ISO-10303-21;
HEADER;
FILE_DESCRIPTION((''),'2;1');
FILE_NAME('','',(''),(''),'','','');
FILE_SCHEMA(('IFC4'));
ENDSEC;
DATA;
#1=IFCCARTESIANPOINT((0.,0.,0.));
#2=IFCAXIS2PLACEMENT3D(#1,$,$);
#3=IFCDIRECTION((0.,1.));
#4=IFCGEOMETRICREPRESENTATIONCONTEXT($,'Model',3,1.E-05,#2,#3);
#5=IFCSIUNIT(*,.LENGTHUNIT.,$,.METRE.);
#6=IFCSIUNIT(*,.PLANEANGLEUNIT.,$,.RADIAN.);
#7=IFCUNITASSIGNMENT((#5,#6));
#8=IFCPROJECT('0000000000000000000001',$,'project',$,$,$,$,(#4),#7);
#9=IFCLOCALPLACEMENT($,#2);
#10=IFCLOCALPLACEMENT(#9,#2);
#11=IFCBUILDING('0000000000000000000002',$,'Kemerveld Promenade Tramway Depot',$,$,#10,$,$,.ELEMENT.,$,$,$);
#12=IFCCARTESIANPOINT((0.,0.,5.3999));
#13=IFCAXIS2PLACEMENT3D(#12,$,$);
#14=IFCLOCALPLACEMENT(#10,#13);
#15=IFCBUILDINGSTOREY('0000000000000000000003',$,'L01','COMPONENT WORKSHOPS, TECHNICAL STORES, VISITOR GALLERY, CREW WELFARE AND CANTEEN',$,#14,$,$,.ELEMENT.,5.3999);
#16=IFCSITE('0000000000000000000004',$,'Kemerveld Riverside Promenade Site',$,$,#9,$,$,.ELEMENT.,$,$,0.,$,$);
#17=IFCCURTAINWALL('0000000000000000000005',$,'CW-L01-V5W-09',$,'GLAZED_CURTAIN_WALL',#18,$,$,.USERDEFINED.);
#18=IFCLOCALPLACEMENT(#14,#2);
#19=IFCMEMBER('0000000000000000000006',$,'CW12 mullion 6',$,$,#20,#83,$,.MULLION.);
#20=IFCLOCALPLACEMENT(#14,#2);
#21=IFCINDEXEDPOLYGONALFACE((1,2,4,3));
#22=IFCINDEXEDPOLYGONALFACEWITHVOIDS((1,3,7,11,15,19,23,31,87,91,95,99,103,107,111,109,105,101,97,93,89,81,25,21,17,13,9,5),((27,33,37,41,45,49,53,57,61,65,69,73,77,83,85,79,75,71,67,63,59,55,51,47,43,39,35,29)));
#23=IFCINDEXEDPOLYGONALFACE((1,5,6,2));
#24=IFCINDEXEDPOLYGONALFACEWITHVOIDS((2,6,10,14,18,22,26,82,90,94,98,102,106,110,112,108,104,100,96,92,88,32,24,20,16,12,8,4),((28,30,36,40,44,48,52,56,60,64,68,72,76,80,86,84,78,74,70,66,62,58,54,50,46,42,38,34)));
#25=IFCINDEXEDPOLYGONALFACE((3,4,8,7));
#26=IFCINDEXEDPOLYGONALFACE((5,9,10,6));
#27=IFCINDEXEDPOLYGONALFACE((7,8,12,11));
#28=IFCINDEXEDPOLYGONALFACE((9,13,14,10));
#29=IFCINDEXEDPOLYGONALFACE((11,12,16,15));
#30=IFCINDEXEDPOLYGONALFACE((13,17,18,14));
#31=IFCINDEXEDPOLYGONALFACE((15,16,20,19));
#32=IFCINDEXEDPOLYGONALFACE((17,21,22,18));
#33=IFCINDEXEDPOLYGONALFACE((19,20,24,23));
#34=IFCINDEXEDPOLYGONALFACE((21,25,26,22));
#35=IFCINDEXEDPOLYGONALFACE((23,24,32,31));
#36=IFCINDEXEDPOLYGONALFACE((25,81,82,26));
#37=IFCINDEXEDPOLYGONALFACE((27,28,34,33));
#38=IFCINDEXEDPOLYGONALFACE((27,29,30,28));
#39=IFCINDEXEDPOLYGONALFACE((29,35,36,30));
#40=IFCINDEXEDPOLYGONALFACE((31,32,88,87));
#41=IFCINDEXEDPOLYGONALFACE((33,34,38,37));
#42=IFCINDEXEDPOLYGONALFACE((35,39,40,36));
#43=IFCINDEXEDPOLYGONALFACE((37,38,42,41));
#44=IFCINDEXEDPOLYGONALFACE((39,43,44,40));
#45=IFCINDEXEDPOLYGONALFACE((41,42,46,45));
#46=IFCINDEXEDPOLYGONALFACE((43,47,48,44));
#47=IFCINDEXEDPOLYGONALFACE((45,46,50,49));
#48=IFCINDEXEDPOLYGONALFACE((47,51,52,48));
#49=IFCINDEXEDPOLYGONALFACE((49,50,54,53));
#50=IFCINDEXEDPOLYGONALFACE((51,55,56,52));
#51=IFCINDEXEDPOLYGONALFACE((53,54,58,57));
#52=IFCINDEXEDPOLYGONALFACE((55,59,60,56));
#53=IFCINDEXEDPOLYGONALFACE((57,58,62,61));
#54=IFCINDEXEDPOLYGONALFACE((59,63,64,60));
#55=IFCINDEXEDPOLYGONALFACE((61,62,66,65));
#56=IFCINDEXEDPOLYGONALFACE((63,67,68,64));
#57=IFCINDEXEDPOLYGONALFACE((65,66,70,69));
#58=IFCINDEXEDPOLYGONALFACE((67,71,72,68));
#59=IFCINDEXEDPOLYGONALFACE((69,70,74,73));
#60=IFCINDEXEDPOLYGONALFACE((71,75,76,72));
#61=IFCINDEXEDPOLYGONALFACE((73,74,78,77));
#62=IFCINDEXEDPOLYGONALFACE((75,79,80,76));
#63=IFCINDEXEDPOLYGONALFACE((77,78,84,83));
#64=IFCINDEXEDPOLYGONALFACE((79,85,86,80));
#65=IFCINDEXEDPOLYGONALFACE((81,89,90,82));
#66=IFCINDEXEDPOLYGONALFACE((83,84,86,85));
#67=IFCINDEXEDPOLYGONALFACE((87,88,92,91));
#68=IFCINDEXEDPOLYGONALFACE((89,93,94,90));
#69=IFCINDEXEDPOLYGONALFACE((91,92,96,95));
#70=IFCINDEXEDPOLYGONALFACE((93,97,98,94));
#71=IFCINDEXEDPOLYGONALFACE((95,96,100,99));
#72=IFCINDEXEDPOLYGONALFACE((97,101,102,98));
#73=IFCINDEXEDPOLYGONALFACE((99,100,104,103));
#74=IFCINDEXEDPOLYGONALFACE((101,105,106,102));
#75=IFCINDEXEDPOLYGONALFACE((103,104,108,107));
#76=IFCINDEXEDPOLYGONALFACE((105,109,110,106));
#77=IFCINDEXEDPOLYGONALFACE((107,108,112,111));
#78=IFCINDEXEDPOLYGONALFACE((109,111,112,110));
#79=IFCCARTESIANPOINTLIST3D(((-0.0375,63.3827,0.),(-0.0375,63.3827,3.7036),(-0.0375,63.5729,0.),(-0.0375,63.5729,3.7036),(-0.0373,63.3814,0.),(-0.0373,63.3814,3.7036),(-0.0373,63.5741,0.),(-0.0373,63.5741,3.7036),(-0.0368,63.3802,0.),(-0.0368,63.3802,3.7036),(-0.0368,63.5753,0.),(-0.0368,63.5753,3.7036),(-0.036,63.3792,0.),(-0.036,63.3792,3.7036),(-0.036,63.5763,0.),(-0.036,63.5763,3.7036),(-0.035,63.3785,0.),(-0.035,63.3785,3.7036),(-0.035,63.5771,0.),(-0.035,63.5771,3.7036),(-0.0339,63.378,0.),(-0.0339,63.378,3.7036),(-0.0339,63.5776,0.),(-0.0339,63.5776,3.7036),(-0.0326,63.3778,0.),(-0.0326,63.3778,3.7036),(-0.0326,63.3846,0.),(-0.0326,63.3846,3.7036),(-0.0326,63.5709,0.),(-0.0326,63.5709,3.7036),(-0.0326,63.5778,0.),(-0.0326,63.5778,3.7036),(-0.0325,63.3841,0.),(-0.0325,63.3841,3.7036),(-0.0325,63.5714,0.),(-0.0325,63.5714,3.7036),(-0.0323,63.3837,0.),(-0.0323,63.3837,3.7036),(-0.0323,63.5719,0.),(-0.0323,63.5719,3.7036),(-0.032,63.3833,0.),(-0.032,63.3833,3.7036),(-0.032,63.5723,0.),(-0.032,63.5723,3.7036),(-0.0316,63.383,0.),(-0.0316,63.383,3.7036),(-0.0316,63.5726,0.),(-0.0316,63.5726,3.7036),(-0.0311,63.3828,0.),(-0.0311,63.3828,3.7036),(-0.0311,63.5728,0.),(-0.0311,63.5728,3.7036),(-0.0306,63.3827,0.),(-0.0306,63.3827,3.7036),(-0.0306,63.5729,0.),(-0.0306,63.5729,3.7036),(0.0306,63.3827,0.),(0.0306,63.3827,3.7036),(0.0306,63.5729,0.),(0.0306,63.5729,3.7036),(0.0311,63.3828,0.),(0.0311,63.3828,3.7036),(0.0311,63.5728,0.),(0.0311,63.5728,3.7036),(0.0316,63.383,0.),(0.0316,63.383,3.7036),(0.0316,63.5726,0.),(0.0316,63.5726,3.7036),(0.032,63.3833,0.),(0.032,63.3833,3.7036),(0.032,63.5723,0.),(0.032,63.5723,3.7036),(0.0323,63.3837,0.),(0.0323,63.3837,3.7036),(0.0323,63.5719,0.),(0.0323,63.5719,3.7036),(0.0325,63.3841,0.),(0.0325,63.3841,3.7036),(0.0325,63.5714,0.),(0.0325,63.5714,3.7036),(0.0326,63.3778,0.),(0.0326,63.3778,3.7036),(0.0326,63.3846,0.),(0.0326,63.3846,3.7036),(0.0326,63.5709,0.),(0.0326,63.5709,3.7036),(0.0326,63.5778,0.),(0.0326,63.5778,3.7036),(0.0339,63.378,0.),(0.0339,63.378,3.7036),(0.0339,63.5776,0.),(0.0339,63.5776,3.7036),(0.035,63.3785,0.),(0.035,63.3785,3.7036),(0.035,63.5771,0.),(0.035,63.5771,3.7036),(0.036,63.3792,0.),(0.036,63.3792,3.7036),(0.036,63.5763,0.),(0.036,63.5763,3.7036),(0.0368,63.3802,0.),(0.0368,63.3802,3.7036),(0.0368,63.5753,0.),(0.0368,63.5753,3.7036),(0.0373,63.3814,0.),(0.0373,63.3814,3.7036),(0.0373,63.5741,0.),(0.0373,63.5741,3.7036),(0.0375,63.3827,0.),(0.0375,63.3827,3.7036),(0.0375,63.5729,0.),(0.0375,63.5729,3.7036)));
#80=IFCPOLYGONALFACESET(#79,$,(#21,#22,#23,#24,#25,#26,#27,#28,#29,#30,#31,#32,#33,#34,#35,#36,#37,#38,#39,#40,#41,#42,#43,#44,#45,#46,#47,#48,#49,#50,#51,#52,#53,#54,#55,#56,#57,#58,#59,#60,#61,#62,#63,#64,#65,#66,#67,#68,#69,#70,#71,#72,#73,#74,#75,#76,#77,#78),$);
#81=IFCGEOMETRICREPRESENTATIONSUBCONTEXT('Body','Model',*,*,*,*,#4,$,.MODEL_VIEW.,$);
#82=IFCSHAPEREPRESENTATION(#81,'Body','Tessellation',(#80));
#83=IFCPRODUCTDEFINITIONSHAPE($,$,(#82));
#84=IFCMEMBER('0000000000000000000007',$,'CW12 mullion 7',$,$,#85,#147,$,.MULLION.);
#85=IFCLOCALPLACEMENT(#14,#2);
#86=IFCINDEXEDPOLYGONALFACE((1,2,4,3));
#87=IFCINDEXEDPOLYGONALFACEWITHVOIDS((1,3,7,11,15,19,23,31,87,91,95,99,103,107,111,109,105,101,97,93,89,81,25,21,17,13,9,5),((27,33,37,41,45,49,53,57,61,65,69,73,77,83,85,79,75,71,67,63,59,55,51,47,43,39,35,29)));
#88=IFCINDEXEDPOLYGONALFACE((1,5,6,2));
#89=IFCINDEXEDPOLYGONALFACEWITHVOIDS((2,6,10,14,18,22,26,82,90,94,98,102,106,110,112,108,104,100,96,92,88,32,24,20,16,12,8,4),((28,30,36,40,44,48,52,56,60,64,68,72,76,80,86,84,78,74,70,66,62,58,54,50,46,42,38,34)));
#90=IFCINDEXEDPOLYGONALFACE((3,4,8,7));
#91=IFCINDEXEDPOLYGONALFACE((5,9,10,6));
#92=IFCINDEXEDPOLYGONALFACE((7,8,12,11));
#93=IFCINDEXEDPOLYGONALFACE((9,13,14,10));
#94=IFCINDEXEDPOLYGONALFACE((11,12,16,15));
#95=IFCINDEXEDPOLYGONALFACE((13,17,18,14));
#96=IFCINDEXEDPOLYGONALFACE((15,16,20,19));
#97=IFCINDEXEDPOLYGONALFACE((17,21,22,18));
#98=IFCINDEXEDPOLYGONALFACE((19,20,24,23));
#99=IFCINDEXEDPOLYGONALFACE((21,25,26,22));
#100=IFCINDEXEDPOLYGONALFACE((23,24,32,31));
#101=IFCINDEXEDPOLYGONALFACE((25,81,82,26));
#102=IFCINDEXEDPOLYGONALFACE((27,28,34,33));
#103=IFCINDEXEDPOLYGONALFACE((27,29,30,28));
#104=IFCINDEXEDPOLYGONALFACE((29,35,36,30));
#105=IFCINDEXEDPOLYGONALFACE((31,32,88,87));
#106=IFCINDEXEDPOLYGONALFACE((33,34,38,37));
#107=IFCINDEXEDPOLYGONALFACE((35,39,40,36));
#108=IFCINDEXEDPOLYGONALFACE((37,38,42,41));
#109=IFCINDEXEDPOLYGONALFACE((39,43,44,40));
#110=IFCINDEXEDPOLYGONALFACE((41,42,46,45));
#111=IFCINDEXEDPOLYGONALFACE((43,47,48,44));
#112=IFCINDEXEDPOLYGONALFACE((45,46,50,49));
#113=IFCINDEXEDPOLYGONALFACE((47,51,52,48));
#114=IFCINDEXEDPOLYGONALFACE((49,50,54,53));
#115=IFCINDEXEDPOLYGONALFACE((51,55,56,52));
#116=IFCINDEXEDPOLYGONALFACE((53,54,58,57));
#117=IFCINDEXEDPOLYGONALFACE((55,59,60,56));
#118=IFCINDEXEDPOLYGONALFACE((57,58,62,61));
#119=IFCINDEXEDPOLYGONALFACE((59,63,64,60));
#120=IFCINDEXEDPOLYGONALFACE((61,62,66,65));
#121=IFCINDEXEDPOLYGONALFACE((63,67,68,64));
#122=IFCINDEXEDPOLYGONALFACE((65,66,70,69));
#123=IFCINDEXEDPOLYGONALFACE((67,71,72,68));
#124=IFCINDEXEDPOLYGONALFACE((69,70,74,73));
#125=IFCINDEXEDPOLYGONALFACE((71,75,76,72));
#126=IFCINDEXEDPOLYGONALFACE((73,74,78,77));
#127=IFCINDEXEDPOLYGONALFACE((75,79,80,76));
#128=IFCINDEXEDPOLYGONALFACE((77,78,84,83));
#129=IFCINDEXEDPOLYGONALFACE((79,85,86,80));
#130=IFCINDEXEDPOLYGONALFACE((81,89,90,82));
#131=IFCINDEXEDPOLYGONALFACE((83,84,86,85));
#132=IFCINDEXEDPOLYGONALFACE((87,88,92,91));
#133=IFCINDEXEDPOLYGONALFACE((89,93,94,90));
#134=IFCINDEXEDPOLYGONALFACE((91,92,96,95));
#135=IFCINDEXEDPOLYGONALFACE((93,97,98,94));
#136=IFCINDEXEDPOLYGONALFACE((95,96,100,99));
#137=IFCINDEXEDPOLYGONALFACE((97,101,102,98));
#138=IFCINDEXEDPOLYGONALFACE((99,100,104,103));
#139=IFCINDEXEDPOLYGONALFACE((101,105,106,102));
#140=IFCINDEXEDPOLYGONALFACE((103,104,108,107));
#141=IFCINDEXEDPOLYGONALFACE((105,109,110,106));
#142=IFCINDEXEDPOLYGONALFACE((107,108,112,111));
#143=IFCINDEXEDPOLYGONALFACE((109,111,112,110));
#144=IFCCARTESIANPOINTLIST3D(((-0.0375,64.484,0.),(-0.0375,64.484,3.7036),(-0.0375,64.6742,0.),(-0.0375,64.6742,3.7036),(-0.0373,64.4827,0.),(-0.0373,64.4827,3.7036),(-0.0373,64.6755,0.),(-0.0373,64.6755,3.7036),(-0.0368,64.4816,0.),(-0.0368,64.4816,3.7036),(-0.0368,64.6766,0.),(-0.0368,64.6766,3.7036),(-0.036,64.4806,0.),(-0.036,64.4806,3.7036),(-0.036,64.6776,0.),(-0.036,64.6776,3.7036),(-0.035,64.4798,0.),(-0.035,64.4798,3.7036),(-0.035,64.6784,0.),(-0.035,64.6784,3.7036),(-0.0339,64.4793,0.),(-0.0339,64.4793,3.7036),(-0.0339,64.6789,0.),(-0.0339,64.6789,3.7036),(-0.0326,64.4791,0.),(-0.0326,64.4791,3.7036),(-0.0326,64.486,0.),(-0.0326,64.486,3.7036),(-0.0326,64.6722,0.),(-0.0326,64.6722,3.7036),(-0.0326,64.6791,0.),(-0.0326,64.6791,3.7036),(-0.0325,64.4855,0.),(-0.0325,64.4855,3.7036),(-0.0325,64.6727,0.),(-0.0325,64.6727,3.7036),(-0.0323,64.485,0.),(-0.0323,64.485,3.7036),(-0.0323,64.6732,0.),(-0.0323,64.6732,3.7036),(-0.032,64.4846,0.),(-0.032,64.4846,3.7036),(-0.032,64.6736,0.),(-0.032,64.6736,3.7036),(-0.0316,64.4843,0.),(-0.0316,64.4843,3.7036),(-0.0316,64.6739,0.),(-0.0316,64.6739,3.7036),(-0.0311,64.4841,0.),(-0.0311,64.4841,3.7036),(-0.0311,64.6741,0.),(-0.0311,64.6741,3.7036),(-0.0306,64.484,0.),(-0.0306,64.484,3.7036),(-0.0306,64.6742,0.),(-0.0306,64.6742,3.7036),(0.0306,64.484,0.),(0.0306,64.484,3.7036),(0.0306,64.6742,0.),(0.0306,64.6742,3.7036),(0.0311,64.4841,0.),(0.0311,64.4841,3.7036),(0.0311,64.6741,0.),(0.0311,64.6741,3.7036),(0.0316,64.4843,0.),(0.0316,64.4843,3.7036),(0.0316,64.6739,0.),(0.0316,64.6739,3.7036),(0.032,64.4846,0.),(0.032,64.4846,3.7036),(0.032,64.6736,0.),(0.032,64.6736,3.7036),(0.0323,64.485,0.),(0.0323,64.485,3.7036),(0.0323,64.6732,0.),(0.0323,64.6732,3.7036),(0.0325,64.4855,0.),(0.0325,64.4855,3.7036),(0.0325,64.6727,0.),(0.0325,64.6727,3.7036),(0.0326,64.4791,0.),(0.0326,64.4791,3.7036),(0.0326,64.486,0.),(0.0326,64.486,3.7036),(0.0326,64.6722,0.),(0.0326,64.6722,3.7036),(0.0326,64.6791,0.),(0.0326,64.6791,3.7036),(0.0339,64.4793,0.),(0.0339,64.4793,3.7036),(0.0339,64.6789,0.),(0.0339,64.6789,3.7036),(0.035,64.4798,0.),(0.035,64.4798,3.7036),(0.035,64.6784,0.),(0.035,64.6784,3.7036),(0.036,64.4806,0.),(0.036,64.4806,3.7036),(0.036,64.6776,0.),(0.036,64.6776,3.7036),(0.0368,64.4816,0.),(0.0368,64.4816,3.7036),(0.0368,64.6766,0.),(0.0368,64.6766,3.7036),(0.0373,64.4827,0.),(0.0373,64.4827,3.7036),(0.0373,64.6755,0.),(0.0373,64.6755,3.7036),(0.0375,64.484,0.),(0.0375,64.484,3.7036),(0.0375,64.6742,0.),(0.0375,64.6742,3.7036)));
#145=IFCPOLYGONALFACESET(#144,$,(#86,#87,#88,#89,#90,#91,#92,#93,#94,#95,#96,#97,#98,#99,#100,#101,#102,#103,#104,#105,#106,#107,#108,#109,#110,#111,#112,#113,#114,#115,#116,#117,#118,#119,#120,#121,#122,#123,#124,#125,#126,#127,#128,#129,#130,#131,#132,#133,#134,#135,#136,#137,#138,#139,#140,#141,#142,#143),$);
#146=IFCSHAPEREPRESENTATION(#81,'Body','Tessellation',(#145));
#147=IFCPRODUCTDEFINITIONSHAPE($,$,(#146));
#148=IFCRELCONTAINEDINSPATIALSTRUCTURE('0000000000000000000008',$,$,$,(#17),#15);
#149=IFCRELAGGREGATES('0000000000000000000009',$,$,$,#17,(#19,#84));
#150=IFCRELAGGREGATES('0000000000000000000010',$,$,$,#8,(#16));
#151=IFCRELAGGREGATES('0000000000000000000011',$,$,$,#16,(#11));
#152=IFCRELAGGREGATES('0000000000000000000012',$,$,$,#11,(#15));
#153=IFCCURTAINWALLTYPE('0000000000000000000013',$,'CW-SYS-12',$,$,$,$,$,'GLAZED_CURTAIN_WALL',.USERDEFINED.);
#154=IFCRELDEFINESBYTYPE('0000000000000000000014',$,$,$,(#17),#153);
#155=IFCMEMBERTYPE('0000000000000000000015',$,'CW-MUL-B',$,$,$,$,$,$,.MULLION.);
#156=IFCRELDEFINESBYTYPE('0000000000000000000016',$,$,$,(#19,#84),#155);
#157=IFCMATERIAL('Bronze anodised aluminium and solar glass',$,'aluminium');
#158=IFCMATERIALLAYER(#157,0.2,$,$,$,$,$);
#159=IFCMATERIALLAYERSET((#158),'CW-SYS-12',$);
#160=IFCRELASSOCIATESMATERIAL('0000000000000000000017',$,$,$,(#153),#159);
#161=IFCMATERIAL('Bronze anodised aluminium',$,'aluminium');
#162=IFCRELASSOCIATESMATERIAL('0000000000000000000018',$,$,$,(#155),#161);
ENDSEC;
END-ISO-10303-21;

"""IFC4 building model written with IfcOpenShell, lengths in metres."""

from ifc_helpers import new_model, si_unit, direction, frame, origin, origin_2d, place, context, subcontext, project, spatial, hollow_rectangle, extrude, material, layer, layer_set, material_profile, profile_set, type_object, element, aggregate, save


model = new_model("IFC4")

# Units and contexts
model_context = context("Model", 3, precision=1e-05, world=origin(), true_north=direction((0.0, 1.0)))
body_context = subcontext(model_context, "Body", "Model", "MODEL_VIEW")
ifc_project = project(units=[si_unit("LENGTHUNIT", "METRE"), si_unit("PLANEANGLEUNIT", "RADIAN")], contexts=[model_context])

# Site, building, storey
site_placement = place(None, origin())
site = spatial("IfcSite", under=ifc_project, at=site_placement, Name="Kemerveld Riverside Promenade Site", CompositionType="ELEMENT", RefElevation=0.0)
building_placement = place(site_placement, origin())
building = spatial("IfcBuilding", under=site, at=building_placement, Name="Kemerveld Promenade Tramway Depot", CompositionType="ELEMENT")
storey_placement = place(building_placement, frame((0.0, 0.0, 5.3999)))
storey = spatial("IfcBuildingStorey", under=building, at=storey_placement, Name="L01", Description="COMPONENT WORKSHOPS, TECHNICAL STORES, VISITOR GALLERY, CREW WELFARE AND CANTEEN", CompositionType="ELEMENT", Elevation=5.3999)

# Curtain wall, members
ifc_material_1 = material(Name="Bronze anodised aluminium and solar glass", Category="aluminium")
ifc_layer_1 = layer(ifc_material_1, 0.2)
ifc_layer_set_1 = layer_set([ifc_layer_1], Name="CW-SYS-12")
curtain_wall_type = type_object("IfcCurtainWallType", Name="CW-SYS-12", ElementType="GLAZED_CURTAIN_WALL", PredefinedType="USERDEFINED", material=ifc_layer_set_1)
curtain_wall_placement = place(storey_placement, origin())
curtain_wall = element("IfcCurtainWall", 1, at=curtain_wall_placement, inside=storey, type_object=curtain_wall_type, Name="CW-L01-V5W-09", ObjectType="GLAZED_CURTAIN_WALL", PredefinedType="USERDEFINED")
ifc_material_2 = material(Name="Bronze anodised aluminium", Category="aluminium")
ifc_material_profile_1 = material_profile(ifc_material_2, hollow_rectangle(XDim=0.075, YDim=0.2, WallThickness=0.0049, InnerFilletRadius=0.002, OuterFilletRadius=0.0049, at=origin_2d()), Name="CW-MUL-200x75")
ifc_profile_set_1 = profile_set([ifc_material_profile_1], Name="Bronze anodised aluminium")
member_type_1 = type_object("IfcMemberType", Name="CW-MUL-B", PredefinedType="MULLION", material=ifc_profile_set_1)
member_1_placement = place(storey_placement, frame((0.0, 63.4778, 0.0), z_axis=(0.0, 0.0, 1.0), x_axis=(-1.0, 0.0, 0.0)))
member_1 = element("IfcMember", 2, at=member_1_placement, type_object=member_type_1, Name="CW12 mullion 6", PredefinedType="MULLION", context=body_context, shape_type="SweptSolid", body=[
    extrude(hollow_rectangle(XDim=0.075, YDim=0.2, WallThickness=0.0049, InnerFilletRadius=0.002, OuterFilletRadius=0.0049, at=origin_2d()), origin(), (0.0, 0.0, 1.0), 3.7036),
])
member_2_placement = place(storey_placement, frame((0.0, 64.5791, 0.0), z_axis=(0.0, 0.0, 1.0), x_axis=(-1.0, 0.0, 0.0)))
member_2 = element("IfcMember", 3, at=member_2_placement, type_object=member_type_1, Name="CW12 mullion 7", PredefinedType="MULLION", context=body_context, shape_type="SweptSolid", body=[
    extrude(hollow_rectangle(XDim=0.075, YDim=0.2, WallThickness=0.0049, InnerFilletRadius=0.002, OuterFilletRadius=0.0049, at=origin_2d()), origin(), (0.0, 0.0, 1.0), 3.7036),
])
aggregate(curtain_wall, [member_1, member_2])

save(model, "model.ifc")
